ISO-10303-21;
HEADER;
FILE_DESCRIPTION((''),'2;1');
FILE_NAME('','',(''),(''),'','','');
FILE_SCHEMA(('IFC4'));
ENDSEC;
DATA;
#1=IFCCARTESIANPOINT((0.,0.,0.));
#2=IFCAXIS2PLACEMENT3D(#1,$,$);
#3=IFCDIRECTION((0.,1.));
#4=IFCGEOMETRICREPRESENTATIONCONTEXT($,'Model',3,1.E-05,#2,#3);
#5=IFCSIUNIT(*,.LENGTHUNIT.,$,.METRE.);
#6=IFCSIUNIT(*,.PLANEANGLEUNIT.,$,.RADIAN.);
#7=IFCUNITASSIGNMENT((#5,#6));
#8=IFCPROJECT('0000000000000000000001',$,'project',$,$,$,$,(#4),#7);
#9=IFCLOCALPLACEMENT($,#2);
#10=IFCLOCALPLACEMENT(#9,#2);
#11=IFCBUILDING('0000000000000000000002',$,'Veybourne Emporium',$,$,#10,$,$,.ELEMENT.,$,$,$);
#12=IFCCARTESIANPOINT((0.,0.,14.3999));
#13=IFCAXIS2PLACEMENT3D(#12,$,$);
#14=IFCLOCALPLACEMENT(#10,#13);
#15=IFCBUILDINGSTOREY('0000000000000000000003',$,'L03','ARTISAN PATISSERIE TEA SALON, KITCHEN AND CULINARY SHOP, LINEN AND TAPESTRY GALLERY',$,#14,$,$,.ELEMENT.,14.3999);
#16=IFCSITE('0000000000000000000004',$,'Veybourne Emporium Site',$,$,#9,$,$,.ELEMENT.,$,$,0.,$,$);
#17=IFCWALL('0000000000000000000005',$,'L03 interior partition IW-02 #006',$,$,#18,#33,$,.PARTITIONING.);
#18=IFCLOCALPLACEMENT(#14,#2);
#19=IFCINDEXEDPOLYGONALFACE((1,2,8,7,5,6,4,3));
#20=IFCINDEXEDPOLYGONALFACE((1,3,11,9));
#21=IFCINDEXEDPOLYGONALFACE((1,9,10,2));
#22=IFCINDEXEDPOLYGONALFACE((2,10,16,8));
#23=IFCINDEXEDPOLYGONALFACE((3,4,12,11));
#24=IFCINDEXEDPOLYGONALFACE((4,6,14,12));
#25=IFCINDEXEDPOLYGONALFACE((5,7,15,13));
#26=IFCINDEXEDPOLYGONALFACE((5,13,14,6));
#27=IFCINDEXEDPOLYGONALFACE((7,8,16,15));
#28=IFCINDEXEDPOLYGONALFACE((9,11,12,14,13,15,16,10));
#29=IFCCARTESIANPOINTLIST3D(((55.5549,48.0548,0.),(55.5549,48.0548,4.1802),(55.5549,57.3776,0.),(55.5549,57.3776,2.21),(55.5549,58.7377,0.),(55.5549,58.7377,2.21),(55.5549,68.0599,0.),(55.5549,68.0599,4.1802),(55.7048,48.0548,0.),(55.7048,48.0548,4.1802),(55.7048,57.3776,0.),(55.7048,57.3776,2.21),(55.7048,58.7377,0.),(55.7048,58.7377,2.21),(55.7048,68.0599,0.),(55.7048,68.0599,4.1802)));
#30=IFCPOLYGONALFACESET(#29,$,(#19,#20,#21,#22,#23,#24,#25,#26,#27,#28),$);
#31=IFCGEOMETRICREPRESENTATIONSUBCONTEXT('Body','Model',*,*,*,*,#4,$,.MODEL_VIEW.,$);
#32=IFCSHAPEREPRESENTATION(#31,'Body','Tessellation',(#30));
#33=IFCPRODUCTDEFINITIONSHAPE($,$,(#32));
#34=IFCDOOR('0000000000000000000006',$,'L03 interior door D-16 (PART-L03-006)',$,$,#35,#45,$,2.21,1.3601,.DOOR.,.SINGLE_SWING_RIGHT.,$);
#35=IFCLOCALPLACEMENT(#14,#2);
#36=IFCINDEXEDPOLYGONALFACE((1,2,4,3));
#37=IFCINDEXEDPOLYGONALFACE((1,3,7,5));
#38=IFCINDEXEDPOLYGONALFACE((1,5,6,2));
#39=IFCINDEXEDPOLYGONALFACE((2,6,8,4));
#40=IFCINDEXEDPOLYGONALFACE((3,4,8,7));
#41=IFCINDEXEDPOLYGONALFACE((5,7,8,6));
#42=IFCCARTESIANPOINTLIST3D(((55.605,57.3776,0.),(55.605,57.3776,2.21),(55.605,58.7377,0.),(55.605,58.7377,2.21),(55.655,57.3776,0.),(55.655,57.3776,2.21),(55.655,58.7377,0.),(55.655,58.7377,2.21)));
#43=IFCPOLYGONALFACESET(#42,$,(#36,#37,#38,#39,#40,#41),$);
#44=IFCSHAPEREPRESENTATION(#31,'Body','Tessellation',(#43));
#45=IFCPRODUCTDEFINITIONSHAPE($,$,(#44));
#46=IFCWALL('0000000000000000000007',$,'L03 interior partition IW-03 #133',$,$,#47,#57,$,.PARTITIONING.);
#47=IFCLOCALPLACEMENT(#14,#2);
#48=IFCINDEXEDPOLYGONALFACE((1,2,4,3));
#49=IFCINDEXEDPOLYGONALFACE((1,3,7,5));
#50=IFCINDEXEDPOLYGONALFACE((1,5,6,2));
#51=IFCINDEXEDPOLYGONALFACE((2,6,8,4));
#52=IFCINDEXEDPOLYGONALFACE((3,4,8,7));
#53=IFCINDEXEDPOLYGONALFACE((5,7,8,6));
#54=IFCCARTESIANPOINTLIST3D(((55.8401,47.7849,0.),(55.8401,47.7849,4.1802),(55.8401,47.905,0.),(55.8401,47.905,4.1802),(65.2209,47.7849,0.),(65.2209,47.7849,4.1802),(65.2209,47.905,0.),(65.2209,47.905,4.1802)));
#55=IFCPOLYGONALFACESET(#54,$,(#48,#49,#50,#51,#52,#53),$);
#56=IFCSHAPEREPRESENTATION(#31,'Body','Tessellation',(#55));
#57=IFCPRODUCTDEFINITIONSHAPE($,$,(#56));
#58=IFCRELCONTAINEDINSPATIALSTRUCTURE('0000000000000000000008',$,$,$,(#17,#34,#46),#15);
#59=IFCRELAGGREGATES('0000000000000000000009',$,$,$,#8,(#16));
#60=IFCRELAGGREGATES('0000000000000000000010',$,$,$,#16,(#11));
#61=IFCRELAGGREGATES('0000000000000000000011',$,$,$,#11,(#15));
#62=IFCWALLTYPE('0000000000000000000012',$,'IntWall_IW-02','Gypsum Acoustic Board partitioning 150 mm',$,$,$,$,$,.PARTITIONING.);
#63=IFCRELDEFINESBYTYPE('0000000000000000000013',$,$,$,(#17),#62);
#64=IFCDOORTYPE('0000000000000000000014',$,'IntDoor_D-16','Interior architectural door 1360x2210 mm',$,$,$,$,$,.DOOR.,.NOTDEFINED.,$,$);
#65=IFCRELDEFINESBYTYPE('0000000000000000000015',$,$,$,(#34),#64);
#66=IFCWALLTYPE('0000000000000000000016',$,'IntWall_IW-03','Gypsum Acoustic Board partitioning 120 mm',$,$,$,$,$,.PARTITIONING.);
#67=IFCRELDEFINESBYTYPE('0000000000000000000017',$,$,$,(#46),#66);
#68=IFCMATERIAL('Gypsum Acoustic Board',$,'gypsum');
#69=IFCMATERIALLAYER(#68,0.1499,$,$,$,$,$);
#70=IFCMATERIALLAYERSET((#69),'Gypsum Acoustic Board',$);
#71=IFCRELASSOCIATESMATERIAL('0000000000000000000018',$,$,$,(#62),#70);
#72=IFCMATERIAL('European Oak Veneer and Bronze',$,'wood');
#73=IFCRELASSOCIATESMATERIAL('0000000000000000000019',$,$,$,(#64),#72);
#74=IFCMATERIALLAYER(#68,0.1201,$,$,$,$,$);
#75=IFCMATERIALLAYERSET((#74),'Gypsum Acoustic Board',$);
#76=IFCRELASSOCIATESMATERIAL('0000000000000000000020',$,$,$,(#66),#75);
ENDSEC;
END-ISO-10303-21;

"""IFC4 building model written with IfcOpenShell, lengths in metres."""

from ifc_helpers import new_model, si_unit, direction, frame, frame_2d, origin, place, context, subcontext, project, spatial, rectangle, extrude, material, layer, layer_set, type_object, element, fill, save


model = new_model("IFC4")

# Units and contexts
model_context = context("Model", 3, precision=1e-05, world=origin(), true_north=direction((0.0, 1.0)))
body_context = subcontext(model_context, "Body", "Model", "MODEL_VIEW")
ifc_project = project(units=[si_unit("LENGTHUNIT", "METRE"), si_unit("PLANEANGLEUNIT", "RADIAN")], contexts=[model_context])

# Site, building, storey
site_placement = place(None, origin())
site = spatial("IfcSite", under=ifc_project, at=site_placement, Name="Veybourne Emporium Site", CompositionType="ELEMENT", RefElevation=0.0)
building_placement = place(site_placement, origin())
building = spatial("IfcBuilding", under=site, at=building_placement, Name="Veybourne Emporium", CompositionType="ELEMENT")
storey_placement = place(building_placement, frame((0.0, 0.0, 14.3999)))
storey = spatial("IfcBuildingStorey", under=building, at=storey_placement, Name="L03", Description="ARTISAN PATISSERIE TEA SALON, KITCHEN AND CULINARY SHOP, LINEN AND TAPESTRY GALLERY", CompositionType="ELEMENT", Elevation=14.3999)

# Wall, opening, door
ifc_material_1 = material(Name="Gypsum Acoustic Board", Category="gypsum")
ifc_material_2 = material(Name="European Oak Veneer and Bronze", Category="wood")
ifc_layer_1 = layer(ifc_material_1, 0.1499)
ifc_layer_set_1 = layer_set([ifc_layer_1], Name="Gypsum Acoustic Board")
wall_type_1 = type_object("IfcWallType", Name="IntWall_IW-02", Description="Gypsum Acoustic Board partitioning 150 mm", PredefinedType="PARTITIONING", material=ifc_layer_set_1)
wall_1_placement = place(storey_placement, frame((55.6299, 48.0549, 0.0), z_axis=(0.0, 0.0, 1.0), x_axis=(0.0, 1.0, 0.0)))
wall_1 = element("IfcWall", 1, at=wall_1_placement, inside=storey, type_object=wall_type_1, Name="L03 interior partition IW-02 #006", PredefinedType="PARTITIONING", context=body_context, shape_type="SweptSolid", body=[
    extrude(rectangle(XDim=20.0051, YDim=0.1499, at=frame_2d((10.0024, 0.0))), origin(), (0.0, 0.0, 1.0), 4.1802),
])
opening_1_placement = place(wall_1_placement, frame((9.3225, 0.0, 0.0)))
opening_1 = element("IfcOpeningElement", 2, at=opening_1_placement, cuts=wall_1, PredefinedType="OPENING", context=body_context, shape_type="SweptSolid", body=[
    extrude(rectangle(XDim=1.3601, YDim=2.21, at=frame_2d((0.6802, 1.105))), frame((0.0, 0.095, 0.0), z_axis=(0.0, -1.0, 0.0), x_axis=(1.0, 0.0, 0.0)), (0.0, 0.0, 1.0), 0.1899),
])
door_type_1 = type_object("IfcDoorType", Name="IntDoor_D-16", Description="Interior architectural door 1360x2210 mm", OperationType="NOTDEFINED", PredefinedType="DOOR", material=ifc_material_2)
door_1_placement = place(opening_1_placement, origin())
door_1 = element("IfcDoor", 3, at=door_1_placement, inside=storey, type_object=door_type_1, Name="L03 interior door D-16 (PART-L03-006)", OperationType="SINGLE_SWING_RIGHT", OverallHeight=2.21, OverallWidth=1.3601, PredefinedType="DOOR", context=body_context, shape_type="SweptSolid", body=[
    extrude(rectangle(XDim=1.3601, YDim=2.21, at=frame_2d((0.6802, 1.105))), frame((0.0, 0.0249, 0.0), z_axis=(0.0, -1.0, 0.0), x_axis=(1.0, 0.0, 0.0)), (0.0, 0.0, 1.0), 0.05),
])
fill(opening_1, door_1)

# Wall
ifc_layer_2 = layer(ifc_material_1, 0.1201)
ifc_layer_set_2 = layer_set([ifc_layer_2], Name="Gypsum Acoustic Board")
wall_type_2 = type_object("IfcWallType", Name="IntWall_IW-03", Description="Gypsum Acoustic Board partitioning 120 mm", PredefinedType="PARTITIONING", material=ifc_layer_set_2)
wall_2_placement = place(storey_placement, frame((55.8401, 47.845, 0.0), z_axis=(0.0, 0.0, 1.0), x_axis=(1.0, 0.0, 0.0)))
element("IfcWall", 4, at=wall_2_placement, inside=storey, type_object=wall_type_2, Name="L03 interior partition IW-03 #133", PredefinedType="PARTITIONING", context=body_context, shape_type="SweptSolid", body=[
    extrude(rectangle(XDim=9.3809, YDim=0.1201, at=frame_2d((4.6904, 0.0))), origin(), (0.0, 0.0, 1.0), 4.1802),
])

save(model, "model.ifc")
